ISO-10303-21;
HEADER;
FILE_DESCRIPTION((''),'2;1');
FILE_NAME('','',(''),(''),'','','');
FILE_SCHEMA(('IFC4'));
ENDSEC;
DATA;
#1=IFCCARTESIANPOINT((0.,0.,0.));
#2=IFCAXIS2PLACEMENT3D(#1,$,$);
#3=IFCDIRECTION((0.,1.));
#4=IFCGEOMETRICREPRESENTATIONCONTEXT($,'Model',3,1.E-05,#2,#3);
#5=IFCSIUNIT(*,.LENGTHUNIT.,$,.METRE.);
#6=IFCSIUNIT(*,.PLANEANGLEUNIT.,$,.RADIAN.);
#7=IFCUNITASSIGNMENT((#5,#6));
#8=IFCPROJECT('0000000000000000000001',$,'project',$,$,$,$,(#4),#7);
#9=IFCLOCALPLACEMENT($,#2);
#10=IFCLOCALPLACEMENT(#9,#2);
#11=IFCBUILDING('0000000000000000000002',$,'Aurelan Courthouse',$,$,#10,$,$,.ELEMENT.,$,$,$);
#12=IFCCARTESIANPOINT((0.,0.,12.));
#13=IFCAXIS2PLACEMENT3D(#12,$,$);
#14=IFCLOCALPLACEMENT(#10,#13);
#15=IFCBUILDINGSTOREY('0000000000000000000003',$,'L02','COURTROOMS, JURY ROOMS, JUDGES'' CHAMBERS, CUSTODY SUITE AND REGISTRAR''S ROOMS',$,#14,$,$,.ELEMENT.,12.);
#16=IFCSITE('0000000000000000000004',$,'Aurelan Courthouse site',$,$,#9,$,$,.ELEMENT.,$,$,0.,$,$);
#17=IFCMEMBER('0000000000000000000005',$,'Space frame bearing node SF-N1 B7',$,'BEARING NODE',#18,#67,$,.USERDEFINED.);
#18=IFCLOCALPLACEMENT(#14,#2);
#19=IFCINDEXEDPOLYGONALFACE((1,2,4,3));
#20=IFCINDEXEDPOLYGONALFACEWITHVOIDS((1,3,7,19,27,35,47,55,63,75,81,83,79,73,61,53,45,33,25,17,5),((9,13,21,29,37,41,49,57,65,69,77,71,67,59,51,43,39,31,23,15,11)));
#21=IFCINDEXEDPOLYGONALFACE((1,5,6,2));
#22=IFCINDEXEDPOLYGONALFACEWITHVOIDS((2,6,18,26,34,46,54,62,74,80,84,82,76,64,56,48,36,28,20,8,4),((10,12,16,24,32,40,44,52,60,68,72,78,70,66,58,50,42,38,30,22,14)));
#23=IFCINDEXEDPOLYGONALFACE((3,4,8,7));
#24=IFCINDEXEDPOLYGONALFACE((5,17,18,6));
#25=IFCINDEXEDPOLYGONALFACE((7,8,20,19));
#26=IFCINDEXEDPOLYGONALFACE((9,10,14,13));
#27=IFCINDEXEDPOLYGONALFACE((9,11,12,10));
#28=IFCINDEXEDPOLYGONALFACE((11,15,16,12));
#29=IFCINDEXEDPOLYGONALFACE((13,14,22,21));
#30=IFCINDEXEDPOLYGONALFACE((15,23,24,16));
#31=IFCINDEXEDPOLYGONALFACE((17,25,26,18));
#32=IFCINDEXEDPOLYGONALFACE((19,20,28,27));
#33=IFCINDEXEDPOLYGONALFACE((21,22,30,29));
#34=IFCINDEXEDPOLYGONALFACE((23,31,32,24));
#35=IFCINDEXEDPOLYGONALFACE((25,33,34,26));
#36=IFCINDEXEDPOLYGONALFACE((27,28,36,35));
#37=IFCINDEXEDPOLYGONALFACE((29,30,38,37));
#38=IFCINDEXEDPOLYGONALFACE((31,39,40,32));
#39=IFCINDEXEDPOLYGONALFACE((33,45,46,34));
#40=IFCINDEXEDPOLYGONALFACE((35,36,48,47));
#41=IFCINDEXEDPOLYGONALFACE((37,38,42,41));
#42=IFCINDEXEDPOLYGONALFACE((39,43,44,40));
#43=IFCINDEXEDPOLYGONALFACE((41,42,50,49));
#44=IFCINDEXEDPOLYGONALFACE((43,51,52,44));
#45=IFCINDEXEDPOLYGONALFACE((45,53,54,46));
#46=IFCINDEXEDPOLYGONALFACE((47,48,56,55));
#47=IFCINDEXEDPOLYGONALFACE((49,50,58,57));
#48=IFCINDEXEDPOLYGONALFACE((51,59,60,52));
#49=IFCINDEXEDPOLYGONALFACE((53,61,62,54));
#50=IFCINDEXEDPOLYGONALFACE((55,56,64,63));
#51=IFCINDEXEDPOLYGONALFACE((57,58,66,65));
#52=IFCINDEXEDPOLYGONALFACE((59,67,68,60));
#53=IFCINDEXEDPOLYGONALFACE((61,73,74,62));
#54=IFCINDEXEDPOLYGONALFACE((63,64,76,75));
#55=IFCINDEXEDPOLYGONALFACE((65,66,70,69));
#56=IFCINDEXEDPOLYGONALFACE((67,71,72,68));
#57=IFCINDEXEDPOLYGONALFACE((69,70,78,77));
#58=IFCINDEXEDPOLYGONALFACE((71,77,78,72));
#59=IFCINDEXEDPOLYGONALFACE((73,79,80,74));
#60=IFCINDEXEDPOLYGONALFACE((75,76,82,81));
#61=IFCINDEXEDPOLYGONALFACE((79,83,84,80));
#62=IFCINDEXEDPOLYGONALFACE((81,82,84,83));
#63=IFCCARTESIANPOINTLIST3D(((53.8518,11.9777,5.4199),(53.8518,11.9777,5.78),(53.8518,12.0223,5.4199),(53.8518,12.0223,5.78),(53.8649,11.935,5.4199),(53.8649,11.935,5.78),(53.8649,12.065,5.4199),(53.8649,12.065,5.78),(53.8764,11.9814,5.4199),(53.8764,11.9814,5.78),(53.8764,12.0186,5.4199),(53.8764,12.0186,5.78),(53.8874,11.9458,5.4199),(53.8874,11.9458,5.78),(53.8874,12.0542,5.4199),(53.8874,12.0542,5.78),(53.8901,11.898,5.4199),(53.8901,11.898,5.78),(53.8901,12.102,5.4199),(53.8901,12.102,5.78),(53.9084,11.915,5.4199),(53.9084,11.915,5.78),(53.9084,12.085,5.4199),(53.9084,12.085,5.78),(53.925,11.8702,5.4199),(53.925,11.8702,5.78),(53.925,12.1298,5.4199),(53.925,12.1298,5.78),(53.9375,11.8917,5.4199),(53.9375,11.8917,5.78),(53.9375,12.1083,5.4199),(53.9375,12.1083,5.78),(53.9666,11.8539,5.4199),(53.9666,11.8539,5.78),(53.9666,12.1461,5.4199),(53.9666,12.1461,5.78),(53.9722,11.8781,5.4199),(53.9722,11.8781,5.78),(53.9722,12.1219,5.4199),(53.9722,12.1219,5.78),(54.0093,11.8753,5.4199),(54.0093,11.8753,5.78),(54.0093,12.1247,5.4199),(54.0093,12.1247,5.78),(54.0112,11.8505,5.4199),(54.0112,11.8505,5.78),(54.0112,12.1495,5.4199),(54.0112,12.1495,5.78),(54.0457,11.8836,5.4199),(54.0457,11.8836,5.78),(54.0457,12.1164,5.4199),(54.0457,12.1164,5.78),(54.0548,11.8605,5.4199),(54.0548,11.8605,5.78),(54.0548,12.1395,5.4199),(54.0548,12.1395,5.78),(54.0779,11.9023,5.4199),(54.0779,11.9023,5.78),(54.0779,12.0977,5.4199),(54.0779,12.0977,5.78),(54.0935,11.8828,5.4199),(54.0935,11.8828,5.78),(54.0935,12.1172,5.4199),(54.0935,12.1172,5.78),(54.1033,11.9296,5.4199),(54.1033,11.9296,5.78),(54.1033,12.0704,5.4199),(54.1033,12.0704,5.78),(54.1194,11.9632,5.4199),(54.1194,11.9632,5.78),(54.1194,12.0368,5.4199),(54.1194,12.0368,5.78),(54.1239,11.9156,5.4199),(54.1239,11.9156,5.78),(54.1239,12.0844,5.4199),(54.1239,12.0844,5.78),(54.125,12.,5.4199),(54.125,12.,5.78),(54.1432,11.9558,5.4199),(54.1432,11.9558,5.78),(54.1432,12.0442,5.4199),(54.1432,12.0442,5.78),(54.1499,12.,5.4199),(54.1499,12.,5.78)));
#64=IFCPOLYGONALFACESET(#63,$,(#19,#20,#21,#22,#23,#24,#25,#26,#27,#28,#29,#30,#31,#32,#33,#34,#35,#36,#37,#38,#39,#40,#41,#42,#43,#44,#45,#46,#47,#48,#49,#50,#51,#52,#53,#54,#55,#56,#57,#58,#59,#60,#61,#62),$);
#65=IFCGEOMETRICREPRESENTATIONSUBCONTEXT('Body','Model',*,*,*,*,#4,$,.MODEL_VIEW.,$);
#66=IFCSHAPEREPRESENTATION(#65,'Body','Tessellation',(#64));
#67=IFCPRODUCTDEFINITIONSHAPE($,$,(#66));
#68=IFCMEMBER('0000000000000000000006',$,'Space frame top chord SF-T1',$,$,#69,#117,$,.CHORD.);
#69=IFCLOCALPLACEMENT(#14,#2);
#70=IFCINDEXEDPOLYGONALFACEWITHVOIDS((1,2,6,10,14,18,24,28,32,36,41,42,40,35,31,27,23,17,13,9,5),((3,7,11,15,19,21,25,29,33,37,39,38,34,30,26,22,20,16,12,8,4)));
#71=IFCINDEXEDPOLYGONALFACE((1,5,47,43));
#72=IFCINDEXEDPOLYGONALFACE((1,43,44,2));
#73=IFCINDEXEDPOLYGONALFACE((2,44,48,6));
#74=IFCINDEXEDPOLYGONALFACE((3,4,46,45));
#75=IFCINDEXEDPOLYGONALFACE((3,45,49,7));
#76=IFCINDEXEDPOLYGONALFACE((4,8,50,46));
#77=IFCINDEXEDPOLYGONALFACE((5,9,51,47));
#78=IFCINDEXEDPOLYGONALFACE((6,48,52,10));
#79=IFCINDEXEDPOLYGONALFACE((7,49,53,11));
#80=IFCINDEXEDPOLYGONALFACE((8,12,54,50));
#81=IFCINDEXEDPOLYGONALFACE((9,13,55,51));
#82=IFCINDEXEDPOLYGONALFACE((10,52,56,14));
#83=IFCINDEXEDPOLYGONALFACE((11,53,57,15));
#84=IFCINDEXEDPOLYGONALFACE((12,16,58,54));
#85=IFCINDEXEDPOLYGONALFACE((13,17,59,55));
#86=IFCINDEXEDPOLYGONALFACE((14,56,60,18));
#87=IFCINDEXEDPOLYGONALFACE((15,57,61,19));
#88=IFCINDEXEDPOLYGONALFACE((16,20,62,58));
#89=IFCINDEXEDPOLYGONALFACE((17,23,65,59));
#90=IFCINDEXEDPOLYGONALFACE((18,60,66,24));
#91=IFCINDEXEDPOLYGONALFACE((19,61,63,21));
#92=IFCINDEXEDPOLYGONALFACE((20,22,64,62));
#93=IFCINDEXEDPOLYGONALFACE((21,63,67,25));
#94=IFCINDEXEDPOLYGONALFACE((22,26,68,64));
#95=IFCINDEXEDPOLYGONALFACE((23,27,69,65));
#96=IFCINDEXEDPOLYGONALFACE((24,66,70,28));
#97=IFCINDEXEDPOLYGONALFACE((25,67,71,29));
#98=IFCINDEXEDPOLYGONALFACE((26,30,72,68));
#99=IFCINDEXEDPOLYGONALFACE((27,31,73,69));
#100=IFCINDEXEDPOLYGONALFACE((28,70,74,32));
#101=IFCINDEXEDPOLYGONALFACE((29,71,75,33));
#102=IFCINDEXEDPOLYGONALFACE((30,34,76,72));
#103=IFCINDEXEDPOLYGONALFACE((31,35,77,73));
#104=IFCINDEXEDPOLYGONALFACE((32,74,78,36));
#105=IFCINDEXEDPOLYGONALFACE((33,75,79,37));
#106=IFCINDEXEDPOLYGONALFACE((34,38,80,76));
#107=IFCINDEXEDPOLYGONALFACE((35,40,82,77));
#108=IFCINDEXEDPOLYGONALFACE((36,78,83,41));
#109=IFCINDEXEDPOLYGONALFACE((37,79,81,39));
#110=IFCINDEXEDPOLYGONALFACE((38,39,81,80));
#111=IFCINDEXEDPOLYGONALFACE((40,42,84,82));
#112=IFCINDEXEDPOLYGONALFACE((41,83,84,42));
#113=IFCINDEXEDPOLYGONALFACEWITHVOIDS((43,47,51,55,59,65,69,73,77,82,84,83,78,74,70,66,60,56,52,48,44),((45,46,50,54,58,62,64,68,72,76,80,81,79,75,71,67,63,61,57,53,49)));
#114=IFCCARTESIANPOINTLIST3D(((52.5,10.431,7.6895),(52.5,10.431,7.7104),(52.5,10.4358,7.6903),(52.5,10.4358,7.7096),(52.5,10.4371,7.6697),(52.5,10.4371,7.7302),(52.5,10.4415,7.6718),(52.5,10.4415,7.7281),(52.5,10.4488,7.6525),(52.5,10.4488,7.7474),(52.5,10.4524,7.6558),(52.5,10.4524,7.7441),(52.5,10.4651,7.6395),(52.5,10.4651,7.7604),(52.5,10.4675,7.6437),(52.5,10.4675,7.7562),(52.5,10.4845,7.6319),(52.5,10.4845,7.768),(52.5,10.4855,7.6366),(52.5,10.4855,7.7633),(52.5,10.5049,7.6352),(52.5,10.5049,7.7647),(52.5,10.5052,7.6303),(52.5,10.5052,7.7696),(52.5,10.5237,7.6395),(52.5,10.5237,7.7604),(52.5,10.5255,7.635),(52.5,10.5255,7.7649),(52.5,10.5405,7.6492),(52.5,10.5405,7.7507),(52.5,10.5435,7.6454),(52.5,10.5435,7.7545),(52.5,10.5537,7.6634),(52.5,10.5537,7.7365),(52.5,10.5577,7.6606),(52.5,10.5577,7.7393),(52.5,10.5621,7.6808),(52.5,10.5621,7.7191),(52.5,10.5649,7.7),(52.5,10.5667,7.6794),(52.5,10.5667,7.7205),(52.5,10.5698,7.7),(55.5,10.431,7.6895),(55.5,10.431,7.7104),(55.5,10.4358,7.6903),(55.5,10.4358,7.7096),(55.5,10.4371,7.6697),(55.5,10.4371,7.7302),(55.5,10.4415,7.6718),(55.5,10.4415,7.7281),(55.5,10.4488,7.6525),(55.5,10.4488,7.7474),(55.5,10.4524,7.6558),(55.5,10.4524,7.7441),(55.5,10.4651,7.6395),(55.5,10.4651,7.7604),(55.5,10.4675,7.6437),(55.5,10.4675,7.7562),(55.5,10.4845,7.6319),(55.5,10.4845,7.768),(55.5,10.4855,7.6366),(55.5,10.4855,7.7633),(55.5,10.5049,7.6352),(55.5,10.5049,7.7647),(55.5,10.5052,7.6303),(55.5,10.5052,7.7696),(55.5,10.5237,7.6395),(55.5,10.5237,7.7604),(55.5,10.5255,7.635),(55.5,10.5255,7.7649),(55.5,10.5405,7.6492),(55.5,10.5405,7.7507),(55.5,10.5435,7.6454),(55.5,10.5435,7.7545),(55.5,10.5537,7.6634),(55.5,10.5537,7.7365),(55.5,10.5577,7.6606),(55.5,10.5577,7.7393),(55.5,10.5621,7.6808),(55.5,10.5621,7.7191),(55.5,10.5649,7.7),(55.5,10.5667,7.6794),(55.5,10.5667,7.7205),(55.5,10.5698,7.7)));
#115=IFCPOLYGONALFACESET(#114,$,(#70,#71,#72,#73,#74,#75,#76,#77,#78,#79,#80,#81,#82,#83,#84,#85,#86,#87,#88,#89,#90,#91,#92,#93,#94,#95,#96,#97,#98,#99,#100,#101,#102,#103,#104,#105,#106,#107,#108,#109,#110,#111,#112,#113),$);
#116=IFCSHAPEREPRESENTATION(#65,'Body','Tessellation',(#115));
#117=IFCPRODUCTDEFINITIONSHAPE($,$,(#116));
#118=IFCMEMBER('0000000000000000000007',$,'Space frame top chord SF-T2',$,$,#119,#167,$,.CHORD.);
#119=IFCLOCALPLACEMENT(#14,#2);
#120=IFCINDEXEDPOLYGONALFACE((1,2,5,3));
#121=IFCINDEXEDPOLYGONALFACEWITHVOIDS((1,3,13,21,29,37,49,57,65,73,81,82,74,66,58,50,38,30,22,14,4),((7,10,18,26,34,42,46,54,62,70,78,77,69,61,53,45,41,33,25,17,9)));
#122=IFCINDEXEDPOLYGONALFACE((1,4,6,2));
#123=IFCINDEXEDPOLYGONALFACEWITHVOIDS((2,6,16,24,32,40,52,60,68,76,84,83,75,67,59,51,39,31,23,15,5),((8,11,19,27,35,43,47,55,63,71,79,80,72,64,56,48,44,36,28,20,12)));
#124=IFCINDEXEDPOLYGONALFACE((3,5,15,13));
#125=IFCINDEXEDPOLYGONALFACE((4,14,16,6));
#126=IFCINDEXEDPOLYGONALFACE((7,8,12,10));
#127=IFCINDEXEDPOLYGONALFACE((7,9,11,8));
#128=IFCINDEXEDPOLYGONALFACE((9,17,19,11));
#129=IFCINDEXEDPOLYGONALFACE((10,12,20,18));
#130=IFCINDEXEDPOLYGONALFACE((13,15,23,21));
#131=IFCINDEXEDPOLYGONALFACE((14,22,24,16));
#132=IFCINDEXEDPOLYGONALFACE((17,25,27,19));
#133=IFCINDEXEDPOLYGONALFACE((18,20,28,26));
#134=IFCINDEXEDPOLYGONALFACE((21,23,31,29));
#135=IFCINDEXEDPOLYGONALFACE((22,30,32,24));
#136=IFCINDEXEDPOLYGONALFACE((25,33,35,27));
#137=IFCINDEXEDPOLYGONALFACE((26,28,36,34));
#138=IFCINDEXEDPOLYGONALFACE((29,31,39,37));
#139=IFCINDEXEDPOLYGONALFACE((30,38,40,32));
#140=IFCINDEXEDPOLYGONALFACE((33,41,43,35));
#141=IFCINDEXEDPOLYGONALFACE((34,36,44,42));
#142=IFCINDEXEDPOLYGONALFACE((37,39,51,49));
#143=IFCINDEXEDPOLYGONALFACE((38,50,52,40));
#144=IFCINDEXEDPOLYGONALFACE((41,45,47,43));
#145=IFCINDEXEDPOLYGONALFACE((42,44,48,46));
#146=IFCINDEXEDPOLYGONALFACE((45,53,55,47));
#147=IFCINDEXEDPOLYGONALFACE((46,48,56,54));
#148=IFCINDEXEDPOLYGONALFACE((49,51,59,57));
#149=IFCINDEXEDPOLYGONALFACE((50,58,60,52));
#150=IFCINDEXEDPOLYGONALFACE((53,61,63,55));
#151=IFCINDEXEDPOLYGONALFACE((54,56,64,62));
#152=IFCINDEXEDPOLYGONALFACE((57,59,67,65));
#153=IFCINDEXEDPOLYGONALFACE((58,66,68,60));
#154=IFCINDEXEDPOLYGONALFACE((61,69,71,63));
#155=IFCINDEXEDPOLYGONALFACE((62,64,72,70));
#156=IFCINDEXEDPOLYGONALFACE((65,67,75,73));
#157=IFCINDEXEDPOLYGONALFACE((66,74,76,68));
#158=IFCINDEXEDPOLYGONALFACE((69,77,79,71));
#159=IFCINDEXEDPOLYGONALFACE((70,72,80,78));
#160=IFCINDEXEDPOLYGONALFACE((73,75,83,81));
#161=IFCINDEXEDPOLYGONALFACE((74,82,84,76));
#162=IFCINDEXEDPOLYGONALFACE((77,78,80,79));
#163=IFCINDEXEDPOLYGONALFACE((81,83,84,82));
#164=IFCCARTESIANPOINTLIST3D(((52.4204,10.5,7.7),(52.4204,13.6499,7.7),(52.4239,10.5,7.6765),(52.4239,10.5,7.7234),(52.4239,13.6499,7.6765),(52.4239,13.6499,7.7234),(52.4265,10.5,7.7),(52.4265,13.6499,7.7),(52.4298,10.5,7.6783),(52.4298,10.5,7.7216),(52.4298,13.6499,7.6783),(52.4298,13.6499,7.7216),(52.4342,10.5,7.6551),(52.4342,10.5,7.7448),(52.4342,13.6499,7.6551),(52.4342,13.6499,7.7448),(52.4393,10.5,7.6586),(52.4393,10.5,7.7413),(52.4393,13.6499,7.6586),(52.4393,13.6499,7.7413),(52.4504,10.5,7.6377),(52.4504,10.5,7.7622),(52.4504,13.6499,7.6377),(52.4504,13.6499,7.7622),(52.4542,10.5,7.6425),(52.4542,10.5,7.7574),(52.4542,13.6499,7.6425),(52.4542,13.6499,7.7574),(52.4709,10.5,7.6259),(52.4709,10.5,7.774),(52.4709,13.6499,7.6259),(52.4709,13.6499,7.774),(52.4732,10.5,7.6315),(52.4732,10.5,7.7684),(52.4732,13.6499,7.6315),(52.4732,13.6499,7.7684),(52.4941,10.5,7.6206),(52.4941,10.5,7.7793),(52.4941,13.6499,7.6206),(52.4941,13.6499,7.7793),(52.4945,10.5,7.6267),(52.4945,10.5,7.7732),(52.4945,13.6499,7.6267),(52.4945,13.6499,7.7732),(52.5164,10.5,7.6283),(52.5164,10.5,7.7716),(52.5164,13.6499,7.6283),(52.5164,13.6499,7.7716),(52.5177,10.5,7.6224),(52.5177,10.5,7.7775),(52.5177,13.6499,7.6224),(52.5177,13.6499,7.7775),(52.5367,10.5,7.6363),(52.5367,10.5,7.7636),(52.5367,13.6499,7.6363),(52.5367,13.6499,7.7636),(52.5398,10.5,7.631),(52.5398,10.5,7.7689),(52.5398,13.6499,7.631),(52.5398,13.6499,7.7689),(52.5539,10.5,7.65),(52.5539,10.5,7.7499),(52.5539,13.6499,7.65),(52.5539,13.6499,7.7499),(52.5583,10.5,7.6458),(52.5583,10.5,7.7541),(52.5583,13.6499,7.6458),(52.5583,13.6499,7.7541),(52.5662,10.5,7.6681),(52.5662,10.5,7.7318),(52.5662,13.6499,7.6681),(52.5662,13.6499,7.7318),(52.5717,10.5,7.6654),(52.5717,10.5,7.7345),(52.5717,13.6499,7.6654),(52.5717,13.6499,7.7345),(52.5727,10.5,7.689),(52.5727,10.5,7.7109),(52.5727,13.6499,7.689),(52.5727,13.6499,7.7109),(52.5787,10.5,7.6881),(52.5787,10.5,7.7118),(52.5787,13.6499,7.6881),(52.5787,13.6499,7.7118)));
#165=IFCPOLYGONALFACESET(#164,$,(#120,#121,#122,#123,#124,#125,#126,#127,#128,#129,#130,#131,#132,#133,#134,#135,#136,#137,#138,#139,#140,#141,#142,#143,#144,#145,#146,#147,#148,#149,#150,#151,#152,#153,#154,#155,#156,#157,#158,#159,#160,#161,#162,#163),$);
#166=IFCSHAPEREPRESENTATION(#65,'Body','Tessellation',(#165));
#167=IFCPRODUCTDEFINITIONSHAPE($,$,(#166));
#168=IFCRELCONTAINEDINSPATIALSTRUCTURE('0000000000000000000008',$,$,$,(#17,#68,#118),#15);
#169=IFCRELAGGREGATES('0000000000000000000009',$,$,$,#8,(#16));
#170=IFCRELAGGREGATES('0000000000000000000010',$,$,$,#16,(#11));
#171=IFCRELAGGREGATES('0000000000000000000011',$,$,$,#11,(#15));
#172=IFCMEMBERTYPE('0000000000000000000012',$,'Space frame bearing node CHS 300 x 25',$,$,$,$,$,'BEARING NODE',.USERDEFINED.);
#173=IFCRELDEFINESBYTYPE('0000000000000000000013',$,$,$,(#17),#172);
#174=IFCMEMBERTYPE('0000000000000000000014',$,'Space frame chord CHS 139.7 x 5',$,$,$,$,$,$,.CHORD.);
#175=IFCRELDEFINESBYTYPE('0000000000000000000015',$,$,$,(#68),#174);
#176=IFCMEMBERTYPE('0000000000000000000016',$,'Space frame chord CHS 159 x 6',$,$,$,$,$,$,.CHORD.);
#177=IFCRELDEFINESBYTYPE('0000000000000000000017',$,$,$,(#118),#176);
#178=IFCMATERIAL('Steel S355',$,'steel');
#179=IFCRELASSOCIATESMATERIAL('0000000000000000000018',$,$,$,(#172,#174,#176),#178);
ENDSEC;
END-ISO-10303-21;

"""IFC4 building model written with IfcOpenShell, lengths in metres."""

from ifc_helpers import new_model, si_unit, direction, frame, origin, origin_2d, place, context, subcontext, project, spatial, hollow_circle, extrude, material, material_profile, profile_set, type_object, element, save


model = new_model("IFC4")

# Units and contexts
model_context = context("Model", 3, precision=1e-05, world=origin(), true_north=direction((0.0, 1.0)))
body_context = subcontext(model_context, "Body", "Model", "MODEL_VIEW")
ifc_project = project(units=[si_unit("LENGTHUNIT", "METRE"), si_unit("PLANEANGLEUNIT", "RADIAN")], contexts=[model_context])

# Site, building, storey
site_placement = place(None, origin())
site = spatial("IfcSite", under=ifc_project, at=site_placement, Name="Aurelan Courthouse site", CompositionType="ELEMENT", RefElevation=0.0)
building_placement = place(site_placement, origin())
building = spatial("IfcBuilding", under=site, at=building_placement, Name="Aurelan Courthouse", CompositionType="ELEMENT")
storey_placement = place(building_placement, frame((0.0, 0.0, 12.0)))
storey = spatial("IfcBuildingStorey", under=building, at=storey_placement, Name="L02", Description="COURTROOMS, JURY ROOMS, JUDGES' CHAMBERS, CUSTODY SUITE AND REGISTRAR'S ROOMS", CompositionType="ELEMENT", Elevation=12.0)

# Shared definitions
ifc_material_1 = material(Name="Steel S355", Category="steel")

# Members
ifc_material_profile_1 = material_profile(ifc_material_1, hollow_circle(Radius=0.1499, WallThickness=0.0249, at=origin_2d()), Name="CHS 300 x 25")
ifc_profile_set_1 = profile_set([ifc_material_profile_1], Name="Steel S355")
member_type_1 = type_object("IfcMemberType", Name="Space frame bearing node CHS 300 x 25", ElementType="BEARING NODE", PredefinedType="USERDEFINED", material=ifc_profile_set_1)
member_1_placement = place(storey_placement, frame((54.0, 12.0, 5.4199), z_axis=(0.0, 0.0, 1.0), x_axis=(1.0, 0.0, 0.0)))
element("IfcMember", 1, at=member_1_placement, inside=storey, type_object=member_type_1, Name="Space frame bearing node SF-N1 B7", ObjectType="BEARING NODE", PredefinedType="USERDEFINED", context=body_context, shape_type="SweptSolid", body=[
    extrude(hollow_circle(Radius=0.1499, WallThickness=0.0249, at=origin_2d()), origin(), (0.0, 0.0, 1.0), 0.3601),
])
ifc_material_profile_2 = material_profile(ifc_material_1, hollow_circle(Radius=0.0698, WallThickness=0.0049, at=origin_2d()), Name="CHS 139.7 x 5")
ifc_profile_set_2 = profile_set([ifc_material_profile_2], Name="Steel S355")
member_type_2 = type_object("IfcMemberType", Name="Space frame chord CHS 139.7 x 5", PredefinedType="CHORD", material=ifc_profile_set_2)
member_2_placement = place(storey_placement, frame((52.5, 10.5, 7.7), z_axis=(1.0, 0.0, 0.0), x_axis=(0.0, 1.0, 0.0)))
element("IfcMember", 2, at=member_2_placement, inside=storey, type_object=member_type_2, Name="Space frame top chord SF-T1", PredefinedType="CHORD", context=body_context, shape_type="SweptSolid", body=[
    extrude(hollow_circle(Radius=0.0698, WallThickness=0.0049, at=origin_2d()), origin(), (0.0, 0.0, 1.0), 3.0),
])
ifc_material_profile_3 = material_profile(ifc_material_1, hollow_circle(Radius=0.0796, WallThickness=0.0061, at=origin_2d()), Name="CHS 159 x 6")
ifc_profile_set_3 = profile_set([ifc_material_profile_3], Name="Steel S355")
member_type_3 = type_object("IfcMemberType", Name="Space frame chord CHS 159 x 6", PredefinedType="CHORD", material=ifc_profile_set_3)
member_3_placement = place(storey_placement, frame((52.5, 10.5, 7.7), z_axis=(0.0, 1.0, 0.0), x_axis=(-1.0, 0.0, 0.0)))
element("IfcMember", 3, at=member_3_placement, inside=storey, type_object=member_type_3, Name="Space frame top chord SF-T2", PredefinedType="CHORD", context=body_context, shape_type="SweptSolid", body=[
    extrude(hollow_circle(Radius=0.0796, WallThickness=0.0061, at=origin_2d()), origin(), (0.0, 0.0, 1.0), 3.1499),
])

save(model, "model.ifc")
